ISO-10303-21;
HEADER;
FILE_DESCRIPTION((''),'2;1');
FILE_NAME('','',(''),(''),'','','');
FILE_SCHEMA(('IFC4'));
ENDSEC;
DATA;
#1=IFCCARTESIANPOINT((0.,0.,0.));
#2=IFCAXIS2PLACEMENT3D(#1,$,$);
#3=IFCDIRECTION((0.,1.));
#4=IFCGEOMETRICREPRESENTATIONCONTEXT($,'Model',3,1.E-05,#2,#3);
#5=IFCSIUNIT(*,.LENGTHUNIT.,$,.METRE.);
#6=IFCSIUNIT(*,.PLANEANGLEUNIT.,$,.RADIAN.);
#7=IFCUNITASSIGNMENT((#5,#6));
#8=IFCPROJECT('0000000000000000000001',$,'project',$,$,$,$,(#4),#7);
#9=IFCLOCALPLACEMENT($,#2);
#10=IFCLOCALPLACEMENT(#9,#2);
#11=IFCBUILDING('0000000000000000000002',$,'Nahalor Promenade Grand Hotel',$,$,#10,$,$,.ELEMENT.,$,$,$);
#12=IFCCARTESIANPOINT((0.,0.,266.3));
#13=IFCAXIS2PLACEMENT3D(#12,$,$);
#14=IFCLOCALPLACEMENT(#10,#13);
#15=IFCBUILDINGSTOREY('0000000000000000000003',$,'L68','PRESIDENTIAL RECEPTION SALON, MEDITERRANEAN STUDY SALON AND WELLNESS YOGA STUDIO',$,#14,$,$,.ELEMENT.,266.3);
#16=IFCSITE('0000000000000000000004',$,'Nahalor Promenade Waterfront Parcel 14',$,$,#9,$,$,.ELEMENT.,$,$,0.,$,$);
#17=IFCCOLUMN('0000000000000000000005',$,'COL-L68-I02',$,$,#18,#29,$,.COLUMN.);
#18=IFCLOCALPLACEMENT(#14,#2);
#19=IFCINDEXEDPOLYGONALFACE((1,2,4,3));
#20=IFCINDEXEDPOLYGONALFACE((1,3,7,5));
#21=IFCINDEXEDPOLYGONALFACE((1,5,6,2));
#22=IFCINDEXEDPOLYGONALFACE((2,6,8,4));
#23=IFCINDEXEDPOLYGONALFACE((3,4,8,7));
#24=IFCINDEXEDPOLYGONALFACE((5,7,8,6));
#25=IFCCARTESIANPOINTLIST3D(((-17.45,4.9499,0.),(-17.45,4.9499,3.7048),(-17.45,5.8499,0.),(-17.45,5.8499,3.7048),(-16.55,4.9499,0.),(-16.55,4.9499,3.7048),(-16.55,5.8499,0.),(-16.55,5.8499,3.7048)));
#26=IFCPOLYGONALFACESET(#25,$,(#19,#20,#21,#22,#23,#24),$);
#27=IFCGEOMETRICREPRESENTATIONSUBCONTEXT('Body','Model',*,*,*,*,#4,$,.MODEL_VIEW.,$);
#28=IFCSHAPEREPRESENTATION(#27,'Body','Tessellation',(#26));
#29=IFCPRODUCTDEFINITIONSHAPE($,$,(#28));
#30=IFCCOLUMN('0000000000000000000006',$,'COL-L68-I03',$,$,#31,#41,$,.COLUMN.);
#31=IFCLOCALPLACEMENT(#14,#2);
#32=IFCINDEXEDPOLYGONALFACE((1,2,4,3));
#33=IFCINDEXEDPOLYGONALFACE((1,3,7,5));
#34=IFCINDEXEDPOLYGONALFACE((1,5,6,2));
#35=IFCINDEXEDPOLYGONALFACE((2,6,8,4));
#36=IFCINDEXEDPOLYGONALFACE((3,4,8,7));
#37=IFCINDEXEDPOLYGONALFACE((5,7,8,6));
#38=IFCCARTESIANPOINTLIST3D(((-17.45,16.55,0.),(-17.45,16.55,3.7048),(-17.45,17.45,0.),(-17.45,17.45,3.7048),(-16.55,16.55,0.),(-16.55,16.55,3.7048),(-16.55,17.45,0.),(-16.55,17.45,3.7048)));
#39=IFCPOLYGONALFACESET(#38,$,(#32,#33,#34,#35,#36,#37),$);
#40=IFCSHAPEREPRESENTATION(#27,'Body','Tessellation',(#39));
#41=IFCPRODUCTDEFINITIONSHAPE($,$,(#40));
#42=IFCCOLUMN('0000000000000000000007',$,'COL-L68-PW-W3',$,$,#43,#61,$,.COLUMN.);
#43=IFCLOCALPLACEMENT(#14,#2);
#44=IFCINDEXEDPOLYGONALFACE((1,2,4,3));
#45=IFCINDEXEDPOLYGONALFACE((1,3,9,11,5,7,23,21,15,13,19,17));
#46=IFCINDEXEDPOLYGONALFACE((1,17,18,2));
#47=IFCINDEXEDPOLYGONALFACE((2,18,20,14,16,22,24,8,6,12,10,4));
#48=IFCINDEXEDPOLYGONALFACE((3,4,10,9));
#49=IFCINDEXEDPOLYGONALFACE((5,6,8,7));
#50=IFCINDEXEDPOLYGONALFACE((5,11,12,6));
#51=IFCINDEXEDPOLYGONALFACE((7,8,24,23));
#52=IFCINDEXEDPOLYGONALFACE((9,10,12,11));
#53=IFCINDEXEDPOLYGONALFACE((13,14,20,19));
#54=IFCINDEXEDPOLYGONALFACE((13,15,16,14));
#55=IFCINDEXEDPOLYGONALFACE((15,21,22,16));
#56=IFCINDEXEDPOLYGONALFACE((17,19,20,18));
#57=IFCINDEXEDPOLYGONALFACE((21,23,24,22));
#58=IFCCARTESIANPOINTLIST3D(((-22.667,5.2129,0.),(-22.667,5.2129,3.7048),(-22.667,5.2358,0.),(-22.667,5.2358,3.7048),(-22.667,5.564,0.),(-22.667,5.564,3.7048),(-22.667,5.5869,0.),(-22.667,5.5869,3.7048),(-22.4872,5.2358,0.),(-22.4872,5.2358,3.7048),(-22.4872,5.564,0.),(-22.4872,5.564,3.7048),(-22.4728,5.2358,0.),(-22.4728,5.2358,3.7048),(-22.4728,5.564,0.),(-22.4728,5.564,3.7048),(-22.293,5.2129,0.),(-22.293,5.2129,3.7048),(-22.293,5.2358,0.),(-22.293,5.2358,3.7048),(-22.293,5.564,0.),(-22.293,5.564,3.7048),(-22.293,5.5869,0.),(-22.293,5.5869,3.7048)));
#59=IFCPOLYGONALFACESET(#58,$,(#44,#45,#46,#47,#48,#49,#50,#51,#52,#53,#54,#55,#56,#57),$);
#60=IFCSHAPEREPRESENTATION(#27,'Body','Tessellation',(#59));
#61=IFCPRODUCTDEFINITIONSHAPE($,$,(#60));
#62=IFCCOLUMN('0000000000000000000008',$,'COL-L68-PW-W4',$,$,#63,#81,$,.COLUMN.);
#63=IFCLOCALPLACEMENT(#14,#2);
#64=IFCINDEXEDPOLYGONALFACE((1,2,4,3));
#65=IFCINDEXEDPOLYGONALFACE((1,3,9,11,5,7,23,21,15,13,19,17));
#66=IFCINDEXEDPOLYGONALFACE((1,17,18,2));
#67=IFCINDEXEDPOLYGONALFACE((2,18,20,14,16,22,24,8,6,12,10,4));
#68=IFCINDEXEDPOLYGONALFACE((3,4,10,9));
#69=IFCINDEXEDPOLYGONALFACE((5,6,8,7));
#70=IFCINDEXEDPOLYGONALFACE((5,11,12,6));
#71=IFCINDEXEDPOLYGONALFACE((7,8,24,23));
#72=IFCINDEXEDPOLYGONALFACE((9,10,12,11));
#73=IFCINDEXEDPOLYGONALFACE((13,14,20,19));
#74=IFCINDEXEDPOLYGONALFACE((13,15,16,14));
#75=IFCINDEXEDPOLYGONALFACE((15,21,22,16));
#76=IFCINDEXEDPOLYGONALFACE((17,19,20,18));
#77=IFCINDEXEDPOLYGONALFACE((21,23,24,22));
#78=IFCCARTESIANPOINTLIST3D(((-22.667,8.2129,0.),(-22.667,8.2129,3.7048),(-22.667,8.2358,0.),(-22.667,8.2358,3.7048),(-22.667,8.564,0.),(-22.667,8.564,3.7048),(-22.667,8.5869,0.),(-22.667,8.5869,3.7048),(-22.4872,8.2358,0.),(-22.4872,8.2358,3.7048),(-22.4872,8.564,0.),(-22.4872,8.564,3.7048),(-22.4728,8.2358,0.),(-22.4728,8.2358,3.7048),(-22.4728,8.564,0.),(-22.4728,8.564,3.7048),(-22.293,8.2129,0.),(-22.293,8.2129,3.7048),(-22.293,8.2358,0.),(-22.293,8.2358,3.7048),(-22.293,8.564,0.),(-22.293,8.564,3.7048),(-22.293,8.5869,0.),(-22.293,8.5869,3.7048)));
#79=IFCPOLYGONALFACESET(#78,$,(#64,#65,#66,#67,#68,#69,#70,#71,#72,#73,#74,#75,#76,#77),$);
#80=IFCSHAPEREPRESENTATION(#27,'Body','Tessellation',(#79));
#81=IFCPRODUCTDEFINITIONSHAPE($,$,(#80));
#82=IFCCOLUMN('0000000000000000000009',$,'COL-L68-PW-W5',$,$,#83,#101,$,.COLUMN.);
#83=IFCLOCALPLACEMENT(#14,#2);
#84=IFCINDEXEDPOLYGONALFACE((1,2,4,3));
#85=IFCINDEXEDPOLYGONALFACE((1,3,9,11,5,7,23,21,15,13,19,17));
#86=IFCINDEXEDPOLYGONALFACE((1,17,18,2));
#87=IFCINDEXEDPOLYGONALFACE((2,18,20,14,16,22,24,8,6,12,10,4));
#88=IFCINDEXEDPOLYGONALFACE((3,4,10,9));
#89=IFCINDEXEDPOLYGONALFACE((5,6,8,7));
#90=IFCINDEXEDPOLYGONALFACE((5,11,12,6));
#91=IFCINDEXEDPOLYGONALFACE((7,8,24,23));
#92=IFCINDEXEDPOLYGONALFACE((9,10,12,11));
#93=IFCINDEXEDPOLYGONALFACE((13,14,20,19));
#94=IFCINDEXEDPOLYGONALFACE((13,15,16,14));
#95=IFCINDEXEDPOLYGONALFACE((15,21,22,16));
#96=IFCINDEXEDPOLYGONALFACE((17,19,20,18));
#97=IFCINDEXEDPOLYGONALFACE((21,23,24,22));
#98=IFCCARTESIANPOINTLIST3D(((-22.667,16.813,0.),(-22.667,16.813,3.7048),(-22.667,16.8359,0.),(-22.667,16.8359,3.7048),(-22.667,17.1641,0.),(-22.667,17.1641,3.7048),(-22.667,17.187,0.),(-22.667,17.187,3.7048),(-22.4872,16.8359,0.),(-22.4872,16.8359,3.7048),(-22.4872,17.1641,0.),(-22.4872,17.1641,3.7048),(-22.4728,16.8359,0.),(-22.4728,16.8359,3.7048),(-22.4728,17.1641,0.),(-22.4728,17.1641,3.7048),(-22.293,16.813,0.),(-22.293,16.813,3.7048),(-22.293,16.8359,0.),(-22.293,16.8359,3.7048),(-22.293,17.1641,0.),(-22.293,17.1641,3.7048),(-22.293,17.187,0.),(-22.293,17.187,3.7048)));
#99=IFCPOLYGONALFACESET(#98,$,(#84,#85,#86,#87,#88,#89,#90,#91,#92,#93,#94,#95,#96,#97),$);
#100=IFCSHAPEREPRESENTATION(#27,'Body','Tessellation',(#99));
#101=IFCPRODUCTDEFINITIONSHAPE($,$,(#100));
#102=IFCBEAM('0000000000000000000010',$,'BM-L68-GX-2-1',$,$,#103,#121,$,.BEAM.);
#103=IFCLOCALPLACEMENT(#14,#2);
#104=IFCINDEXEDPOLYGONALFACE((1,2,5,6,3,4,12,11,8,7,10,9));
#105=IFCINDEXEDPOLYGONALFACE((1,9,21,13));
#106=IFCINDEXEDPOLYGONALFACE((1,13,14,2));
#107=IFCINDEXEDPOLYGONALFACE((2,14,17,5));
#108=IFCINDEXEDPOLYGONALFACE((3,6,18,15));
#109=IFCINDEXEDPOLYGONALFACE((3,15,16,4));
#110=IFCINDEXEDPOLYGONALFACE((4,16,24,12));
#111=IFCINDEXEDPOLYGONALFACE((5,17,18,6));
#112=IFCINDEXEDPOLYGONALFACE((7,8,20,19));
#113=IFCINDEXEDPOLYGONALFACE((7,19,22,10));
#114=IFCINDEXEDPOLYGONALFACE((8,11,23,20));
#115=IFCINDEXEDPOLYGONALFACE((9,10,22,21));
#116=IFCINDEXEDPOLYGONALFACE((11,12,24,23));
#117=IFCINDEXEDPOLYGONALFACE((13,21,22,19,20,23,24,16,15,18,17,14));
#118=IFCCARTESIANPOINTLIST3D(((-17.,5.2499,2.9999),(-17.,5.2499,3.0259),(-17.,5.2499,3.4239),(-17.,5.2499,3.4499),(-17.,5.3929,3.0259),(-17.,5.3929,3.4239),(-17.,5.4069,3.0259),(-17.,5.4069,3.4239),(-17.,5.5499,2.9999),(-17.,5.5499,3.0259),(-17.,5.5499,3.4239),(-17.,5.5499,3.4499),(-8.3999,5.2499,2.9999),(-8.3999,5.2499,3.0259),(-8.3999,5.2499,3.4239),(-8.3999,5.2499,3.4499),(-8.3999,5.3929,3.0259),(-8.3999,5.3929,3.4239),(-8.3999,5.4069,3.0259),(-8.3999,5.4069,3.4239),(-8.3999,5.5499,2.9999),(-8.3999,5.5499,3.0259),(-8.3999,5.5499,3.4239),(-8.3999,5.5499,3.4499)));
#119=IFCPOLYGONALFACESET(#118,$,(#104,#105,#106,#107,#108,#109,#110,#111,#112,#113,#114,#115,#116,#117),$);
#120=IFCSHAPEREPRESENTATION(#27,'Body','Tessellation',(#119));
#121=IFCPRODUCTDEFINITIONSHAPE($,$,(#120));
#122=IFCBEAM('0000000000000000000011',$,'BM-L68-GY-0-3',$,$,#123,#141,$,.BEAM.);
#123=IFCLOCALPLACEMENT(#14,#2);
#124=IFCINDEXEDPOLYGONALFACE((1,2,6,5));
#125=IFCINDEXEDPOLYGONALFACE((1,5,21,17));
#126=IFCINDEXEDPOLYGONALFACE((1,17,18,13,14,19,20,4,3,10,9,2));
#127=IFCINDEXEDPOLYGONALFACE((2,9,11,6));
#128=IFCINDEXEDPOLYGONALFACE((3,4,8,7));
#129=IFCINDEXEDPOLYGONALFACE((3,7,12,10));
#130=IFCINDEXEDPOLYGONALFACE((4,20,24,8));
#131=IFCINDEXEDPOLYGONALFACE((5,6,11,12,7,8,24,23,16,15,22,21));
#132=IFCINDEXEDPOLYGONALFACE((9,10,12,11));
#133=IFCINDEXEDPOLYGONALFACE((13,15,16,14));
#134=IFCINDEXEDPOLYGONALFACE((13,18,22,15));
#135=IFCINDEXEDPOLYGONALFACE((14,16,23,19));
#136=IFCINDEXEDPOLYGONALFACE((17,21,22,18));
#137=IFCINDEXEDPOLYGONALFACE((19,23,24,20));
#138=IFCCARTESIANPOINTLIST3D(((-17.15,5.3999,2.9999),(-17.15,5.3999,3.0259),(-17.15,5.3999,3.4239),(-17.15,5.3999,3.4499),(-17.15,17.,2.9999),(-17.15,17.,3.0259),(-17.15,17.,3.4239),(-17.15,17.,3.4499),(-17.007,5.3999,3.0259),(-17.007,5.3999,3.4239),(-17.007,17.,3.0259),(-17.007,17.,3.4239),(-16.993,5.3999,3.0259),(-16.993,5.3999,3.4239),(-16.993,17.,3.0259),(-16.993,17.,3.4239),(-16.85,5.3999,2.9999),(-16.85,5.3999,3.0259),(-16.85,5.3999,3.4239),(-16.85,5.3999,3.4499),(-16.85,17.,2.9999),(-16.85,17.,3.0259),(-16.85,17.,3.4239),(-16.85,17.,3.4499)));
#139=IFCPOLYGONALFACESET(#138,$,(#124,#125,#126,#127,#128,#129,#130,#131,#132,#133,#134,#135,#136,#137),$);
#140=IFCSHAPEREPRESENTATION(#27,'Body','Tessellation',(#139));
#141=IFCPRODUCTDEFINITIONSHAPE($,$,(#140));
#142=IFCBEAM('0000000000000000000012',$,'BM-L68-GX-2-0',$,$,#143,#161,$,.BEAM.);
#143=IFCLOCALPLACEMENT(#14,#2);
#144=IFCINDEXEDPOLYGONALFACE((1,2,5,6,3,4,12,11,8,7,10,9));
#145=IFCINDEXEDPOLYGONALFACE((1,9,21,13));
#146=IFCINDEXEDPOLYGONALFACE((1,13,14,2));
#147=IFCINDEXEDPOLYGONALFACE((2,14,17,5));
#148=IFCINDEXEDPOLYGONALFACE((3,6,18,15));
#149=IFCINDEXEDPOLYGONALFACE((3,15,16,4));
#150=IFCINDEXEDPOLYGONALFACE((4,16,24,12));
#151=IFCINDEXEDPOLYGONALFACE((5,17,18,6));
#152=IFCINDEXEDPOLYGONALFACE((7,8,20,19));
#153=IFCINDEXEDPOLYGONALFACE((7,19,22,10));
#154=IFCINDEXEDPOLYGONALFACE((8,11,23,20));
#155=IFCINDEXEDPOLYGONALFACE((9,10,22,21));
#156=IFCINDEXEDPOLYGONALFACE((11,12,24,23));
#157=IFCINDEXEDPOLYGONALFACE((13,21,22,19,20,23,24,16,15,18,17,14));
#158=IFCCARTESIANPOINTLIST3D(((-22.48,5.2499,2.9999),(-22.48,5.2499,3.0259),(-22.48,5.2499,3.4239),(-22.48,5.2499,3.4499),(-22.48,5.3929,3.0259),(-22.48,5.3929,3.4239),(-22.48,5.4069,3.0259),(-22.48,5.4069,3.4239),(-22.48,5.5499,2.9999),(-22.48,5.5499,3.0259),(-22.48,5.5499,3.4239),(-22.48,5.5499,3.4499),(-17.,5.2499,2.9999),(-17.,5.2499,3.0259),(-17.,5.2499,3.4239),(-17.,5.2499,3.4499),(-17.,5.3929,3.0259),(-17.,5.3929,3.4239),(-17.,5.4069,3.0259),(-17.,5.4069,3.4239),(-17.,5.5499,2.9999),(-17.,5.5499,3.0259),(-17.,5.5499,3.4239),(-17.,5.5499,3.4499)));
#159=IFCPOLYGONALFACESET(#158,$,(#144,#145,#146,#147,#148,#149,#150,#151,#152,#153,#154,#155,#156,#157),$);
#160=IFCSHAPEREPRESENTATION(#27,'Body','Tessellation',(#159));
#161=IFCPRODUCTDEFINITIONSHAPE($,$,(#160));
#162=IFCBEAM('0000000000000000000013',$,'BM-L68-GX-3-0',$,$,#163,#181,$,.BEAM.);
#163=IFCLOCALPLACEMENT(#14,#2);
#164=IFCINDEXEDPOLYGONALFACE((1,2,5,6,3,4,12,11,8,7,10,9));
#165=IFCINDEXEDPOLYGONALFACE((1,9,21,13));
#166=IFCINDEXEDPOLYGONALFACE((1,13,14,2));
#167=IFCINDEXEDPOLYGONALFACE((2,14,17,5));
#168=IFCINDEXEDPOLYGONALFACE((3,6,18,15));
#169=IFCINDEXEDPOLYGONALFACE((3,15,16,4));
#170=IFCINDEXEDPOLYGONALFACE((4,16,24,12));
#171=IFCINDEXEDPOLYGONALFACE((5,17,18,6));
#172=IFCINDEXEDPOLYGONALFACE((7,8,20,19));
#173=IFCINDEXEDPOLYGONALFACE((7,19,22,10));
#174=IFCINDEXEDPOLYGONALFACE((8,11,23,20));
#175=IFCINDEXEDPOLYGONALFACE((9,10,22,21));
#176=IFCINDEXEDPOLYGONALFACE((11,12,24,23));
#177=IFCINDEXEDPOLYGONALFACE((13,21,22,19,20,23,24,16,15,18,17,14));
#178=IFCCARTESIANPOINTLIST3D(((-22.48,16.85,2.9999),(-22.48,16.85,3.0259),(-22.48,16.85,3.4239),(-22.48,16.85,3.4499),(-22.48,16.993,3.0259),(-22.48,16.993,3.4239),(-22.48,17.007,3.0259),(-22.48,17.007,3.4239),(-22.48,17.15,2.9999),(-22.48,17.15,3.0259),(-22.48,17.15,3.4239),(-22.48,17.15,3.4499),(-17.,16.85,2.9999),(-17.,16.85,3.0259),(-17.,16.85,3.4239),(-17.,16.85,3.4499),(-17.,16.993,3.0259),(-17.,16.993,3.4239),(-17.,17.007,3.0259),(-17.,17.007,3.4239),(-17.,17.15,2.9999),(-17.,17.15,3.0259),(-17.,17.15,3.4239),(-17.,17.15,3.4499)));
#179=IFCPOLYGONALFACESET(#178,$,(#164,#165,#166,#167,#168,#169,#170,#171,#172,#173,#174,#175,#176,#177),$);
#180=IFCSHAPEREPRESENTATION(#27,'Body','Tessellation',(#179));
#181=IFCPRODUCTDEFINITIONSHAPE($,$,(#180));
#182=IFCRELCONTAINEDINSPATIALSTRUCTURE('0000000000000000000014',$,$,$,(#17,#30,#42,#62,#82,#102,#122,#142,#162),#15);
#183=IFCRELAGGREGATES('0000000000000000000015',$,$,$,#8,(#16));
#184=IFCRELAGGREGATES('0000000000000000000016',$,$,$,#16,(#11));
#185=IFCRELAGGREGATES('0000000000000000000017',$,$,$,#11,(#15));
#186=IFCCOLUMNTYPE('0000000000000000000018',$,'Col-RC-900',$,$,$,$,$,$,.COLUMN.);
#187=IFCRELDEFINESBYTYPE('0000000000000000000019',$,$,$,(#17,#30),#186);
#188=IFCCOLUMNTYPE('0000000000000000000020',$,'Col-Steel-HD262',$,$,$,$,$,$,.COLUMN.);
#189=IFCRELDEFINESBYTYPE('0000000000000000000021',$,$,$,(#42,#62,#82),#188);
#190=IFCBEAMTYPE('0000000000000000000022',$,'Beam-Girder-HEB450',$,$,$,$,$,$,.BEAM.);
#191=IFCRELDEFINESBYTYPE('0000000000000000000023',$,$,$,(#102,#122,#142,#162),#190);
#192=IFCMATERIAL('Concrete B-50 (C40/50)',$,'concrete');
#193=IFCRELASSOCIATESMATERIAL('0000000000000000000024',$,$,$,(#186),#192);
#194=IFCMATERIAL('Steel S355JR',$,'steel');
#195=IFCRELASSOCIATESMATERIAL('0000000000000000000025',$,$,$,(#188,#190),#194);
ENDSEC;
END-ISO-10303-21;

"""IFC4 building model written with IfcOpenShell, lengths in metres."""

from ifc_helpers import new_model, si_unit, direction, frame, origin, origin_2d, place, context, subcontext, project, spatial, rectangle, i_section, extrude, source, transform, mapped, material, material_profile, profile_set, type_object, element, save


model = new_model("IFC4")

# Units and contexts
model_context = context("Model", 3, precision=1e-05, world=origin(), true_north=direction((0.0, 1.0)))
body_context = subcontext(model_context, "Body", "Model", "MODEL_VIEW")
ifc_project = project(units=[si_unit("LENGTHUNIT", "METRE"), si_unit("PLANEANGLEUNIT", "RADIAN")], contexts=[model_context])

# Site, building, storey
site_placement = place(None, origin())
site = spatial("IfcSite", under=ifc_project, at=site_placement, Name="Nahalor Promenade Waterfront Parcel 14", CompositionType="ELEMENT", RefElevation=0.0)
building_placement = place(site_placement, origin())
building = spatial("IfcBuilding", under=site, at=building_placement, Name="Nahalor Promenade Grand Hotel", CompositionType="ELEMENT")
storey_placement = place(building_placement, frame((0.0, 0.0, 266.3)))
storey = spatial("IfcBuildingStorey", under=building, at=storey_placement, Name="L68", Description="PRESIDENTIAL RECEPTION SALON, MEDITERRANEAN STUDY SALON AND WELLNESS YOGA STUDIO", CompositionType="ELEMENT", Elevation=266.3)

# Columns
ifc_material_1 = material(Name="Concrete B-50 (C40/50)", Category="concrete")
ifc_material_profile_1 = material_profile(ifc_material_1, rectangle(XDim=0.9, YDim=0.9, at=origin_2d()), Name="RC 900x900")
ifc_profile_set_1 = profile_set([ifc_material_profile_1], Name="Concrete B-50 (C40/50)")
column_type_1 = type_object("IfcColumnType", Name="Col-RC-900", PredefinedType="COLUMN", material=ifc_profile_set_1)
shared_shape_1 = source(origin(), body_context, "Body", "SweptSolid", [
    extrude(rectangle(XDim=0.9, YDim=0.9, at=origin_2d()), origin(), (0.0, 0.0, 1.0), 3.7048),
])
for number, where, z_axis, x_axis, name in (
    (1, (-17.0, 5.3999, 0.0), (0.0, 0.0, 1.0), (1.0, 0.0, 0.0), "COL-L68-I02"),
    (2, (-17.0, 17.0, 0.0), (0.0, 0.0, 1.0), (1.0, 0.0, 0.0), "COL-L68-I03"),
):
    element("IfcColumn", number, at=place(storey_placement, frame(where, z_axis=z_axis, x_axis=x_axis)), inside=storey, type_object=column_type_1, Name=name, PredefinedType="COLUMN", context=body_context, shape_type="MappedRepresentation", body=[
        mapped(shared_shape_1, transform((0.0, 0.0, 0.0), scale=1.0)),
    ])
ifc_material_2 = material(Name="Steel S355JR", Category="steel")
ifc_material_profile_2 = material_profile(ifc_material_2, i_section(OverallWidth=0.374, OverallDepth=0.374, WebThickness=0.0144, FlangeThickness=0.0229, at=origin_2d()), Name="HD 360x262")
ifc_profile_set_2 = profile_set([ifc_material_profile_2], Name="Steel S355JR")
column_type_2 = type_object("IfcColumnType", Name="Col-Steel-HD262", PredefinedType="COLUMN", material=ifc_profile_set_2)
shared_shape_2 = source(origin(), body_context, "Body", "SweptSolid", [
    extrude(i_section(OverallWidth=0.374, OverallDepth=0.374, WebThickness=0.0144, FlangeThickness=0.0229, at=origin_2d()), origin(), (0.0, 0.0, 1.0), 3.7048),
])
for number, where, z_axis, x_axis, name in (
    (3, (-22.48, 5.3999, 0.0), (0.0, 0.0, 1.0), (1.0, 0.0, 0.0), "COL-L68-PW-W3"),
    (4, (-22.48, 8.3999, 0.0), (0.0, 0.0, 1.0), (1.0, 0.0, 0.0), "COL-L68-PW-W4"),
    (5, (-22.48, 17.0, 0.0), (0.0, 0.0, 1.0), (1.0, 0.0, 0.0), "COL-L68-PW-W5"),
):
    element("IfcColumn", number, at=place(storey_placement, frame(where, z_axis=z_axis, x_axis=x_axis)), inside=storey, type_object=column_type_2, Name=name, PredefinedType="COLUMN", context=body_context, shape_type="MappedRepresentation", body=[
        mapped(shared_shape_2, transform((0.0, 0.0, 0.0), scale=1.0)),
    ])

# Beams
ifc_material_profile_3 = material_profile(ifc_material_2, i_section(OverallWidth=0.3, OverallDepth=0.45, WebThickness=0.014, FlangeThickness=0.026, at=origin_2d()), Name="HEB 450")
ifc_profile_set_3 = profile_set([ifc_material_profile_3], Name="Steel S355JR")
beam_type_1 = type_object("IfcBeamType", Name="Beam-Girder-HEB450", PredefinedType="BEAM", material=ifc_profile_set_3)
shared_shape_3 = source(origin(), body_context, "Body", "SweptSolid", [
    extrude(i_section(OverallWidth=0.3, OverallDepth=0.45, WebThickness=0.014, FlangeThickness=0.026, at=origin_2d()), origin(), (0.0, 0.0, 1.0), 8.6001),
])
beam_1_placement = place(storey_placement, frame((-17.0, 5.3999, 3.2249), z_axis=(1.0, 0.0, 0.0), x_axis=(0.0, 1.0, 0.0)))
element("IfcBeam", 6, at=beam_1_placement, inside=storey, type_object=beam_type_1, Name="BM-L68-GX-2-1", PredefinedType="BEAM", context=body_context, shape_type="MappedRepresentation", body=[
    mapped(shared_shape_3, transform((0.0, 0.0, 0.0), scale=1.0)),
])
shared_shape_4 = source(origin(), body_context, "Body", "SweptSolid", [
    extrude(i_section(OverallWidth=0.3, OverallDepth=0.45, WebThickness=0.014, FlangeThickness=0.026, at=origin_2d()), origin(), (0.0, 0.0, 1.0), 11.6001),
])
beam_2_placement = place(storey_placement, frame((-17.0, 5.3999, 3.2249), z_axis=(0.0, 1.0, 0.0), x_axis=(-1.0, 0.0, 0.0)))
element("IfcBeam", 7, at=beam_2_placement, inside=storey, type_object=beam_type_1, Name="BM-L68-GY-0-3", PredefinedType="BEAM", context=body_context, shape_type="MappedRepresentation", body=[
    mapped(shared_shape_4, transform((0.0, 0.0, 0.0), scale=1.0)),
])
shared_shape_5 = source(origin(), body_context, "Body", "SweptSolid", [
    extrude(i_section(OverallWidth=0.3, OverallDepth=0.45, WebThickness=0.014, FlangeThickness=0.026, at=origin_2d()), origin(), (0.0, 0.0, 1.0), 5.48),
])
for number, where, z_axis, x_axis, name in (
    (8, (-22.48, 5.3999, 3.2249), (1.0, 0.0, 0.0), (0.0, 1.0, 0.0), "BM-L68-GX-2-0"),
    (9, (-22.48, 17.0, 3.2249), (1.0, 0.0, 0.0), (0.0, 1.0, 0.0), "BM-L68-GX-3-0"),
):
    element("IfcBeam", number, at=place(storey_placement, frame(where, z_axis=z_axis, x_axis=x_axis)), inside=storey, type_object=beam_type_1, Name=name, PredefinedType="BEAM", context=body_context, shape_type="MappedRepresentation", body=[
        mapped(shared_shape_5, transform((0.0, 0.0, 0.0), scale=1.0)),
    ])

save(model, "model.ifc")
